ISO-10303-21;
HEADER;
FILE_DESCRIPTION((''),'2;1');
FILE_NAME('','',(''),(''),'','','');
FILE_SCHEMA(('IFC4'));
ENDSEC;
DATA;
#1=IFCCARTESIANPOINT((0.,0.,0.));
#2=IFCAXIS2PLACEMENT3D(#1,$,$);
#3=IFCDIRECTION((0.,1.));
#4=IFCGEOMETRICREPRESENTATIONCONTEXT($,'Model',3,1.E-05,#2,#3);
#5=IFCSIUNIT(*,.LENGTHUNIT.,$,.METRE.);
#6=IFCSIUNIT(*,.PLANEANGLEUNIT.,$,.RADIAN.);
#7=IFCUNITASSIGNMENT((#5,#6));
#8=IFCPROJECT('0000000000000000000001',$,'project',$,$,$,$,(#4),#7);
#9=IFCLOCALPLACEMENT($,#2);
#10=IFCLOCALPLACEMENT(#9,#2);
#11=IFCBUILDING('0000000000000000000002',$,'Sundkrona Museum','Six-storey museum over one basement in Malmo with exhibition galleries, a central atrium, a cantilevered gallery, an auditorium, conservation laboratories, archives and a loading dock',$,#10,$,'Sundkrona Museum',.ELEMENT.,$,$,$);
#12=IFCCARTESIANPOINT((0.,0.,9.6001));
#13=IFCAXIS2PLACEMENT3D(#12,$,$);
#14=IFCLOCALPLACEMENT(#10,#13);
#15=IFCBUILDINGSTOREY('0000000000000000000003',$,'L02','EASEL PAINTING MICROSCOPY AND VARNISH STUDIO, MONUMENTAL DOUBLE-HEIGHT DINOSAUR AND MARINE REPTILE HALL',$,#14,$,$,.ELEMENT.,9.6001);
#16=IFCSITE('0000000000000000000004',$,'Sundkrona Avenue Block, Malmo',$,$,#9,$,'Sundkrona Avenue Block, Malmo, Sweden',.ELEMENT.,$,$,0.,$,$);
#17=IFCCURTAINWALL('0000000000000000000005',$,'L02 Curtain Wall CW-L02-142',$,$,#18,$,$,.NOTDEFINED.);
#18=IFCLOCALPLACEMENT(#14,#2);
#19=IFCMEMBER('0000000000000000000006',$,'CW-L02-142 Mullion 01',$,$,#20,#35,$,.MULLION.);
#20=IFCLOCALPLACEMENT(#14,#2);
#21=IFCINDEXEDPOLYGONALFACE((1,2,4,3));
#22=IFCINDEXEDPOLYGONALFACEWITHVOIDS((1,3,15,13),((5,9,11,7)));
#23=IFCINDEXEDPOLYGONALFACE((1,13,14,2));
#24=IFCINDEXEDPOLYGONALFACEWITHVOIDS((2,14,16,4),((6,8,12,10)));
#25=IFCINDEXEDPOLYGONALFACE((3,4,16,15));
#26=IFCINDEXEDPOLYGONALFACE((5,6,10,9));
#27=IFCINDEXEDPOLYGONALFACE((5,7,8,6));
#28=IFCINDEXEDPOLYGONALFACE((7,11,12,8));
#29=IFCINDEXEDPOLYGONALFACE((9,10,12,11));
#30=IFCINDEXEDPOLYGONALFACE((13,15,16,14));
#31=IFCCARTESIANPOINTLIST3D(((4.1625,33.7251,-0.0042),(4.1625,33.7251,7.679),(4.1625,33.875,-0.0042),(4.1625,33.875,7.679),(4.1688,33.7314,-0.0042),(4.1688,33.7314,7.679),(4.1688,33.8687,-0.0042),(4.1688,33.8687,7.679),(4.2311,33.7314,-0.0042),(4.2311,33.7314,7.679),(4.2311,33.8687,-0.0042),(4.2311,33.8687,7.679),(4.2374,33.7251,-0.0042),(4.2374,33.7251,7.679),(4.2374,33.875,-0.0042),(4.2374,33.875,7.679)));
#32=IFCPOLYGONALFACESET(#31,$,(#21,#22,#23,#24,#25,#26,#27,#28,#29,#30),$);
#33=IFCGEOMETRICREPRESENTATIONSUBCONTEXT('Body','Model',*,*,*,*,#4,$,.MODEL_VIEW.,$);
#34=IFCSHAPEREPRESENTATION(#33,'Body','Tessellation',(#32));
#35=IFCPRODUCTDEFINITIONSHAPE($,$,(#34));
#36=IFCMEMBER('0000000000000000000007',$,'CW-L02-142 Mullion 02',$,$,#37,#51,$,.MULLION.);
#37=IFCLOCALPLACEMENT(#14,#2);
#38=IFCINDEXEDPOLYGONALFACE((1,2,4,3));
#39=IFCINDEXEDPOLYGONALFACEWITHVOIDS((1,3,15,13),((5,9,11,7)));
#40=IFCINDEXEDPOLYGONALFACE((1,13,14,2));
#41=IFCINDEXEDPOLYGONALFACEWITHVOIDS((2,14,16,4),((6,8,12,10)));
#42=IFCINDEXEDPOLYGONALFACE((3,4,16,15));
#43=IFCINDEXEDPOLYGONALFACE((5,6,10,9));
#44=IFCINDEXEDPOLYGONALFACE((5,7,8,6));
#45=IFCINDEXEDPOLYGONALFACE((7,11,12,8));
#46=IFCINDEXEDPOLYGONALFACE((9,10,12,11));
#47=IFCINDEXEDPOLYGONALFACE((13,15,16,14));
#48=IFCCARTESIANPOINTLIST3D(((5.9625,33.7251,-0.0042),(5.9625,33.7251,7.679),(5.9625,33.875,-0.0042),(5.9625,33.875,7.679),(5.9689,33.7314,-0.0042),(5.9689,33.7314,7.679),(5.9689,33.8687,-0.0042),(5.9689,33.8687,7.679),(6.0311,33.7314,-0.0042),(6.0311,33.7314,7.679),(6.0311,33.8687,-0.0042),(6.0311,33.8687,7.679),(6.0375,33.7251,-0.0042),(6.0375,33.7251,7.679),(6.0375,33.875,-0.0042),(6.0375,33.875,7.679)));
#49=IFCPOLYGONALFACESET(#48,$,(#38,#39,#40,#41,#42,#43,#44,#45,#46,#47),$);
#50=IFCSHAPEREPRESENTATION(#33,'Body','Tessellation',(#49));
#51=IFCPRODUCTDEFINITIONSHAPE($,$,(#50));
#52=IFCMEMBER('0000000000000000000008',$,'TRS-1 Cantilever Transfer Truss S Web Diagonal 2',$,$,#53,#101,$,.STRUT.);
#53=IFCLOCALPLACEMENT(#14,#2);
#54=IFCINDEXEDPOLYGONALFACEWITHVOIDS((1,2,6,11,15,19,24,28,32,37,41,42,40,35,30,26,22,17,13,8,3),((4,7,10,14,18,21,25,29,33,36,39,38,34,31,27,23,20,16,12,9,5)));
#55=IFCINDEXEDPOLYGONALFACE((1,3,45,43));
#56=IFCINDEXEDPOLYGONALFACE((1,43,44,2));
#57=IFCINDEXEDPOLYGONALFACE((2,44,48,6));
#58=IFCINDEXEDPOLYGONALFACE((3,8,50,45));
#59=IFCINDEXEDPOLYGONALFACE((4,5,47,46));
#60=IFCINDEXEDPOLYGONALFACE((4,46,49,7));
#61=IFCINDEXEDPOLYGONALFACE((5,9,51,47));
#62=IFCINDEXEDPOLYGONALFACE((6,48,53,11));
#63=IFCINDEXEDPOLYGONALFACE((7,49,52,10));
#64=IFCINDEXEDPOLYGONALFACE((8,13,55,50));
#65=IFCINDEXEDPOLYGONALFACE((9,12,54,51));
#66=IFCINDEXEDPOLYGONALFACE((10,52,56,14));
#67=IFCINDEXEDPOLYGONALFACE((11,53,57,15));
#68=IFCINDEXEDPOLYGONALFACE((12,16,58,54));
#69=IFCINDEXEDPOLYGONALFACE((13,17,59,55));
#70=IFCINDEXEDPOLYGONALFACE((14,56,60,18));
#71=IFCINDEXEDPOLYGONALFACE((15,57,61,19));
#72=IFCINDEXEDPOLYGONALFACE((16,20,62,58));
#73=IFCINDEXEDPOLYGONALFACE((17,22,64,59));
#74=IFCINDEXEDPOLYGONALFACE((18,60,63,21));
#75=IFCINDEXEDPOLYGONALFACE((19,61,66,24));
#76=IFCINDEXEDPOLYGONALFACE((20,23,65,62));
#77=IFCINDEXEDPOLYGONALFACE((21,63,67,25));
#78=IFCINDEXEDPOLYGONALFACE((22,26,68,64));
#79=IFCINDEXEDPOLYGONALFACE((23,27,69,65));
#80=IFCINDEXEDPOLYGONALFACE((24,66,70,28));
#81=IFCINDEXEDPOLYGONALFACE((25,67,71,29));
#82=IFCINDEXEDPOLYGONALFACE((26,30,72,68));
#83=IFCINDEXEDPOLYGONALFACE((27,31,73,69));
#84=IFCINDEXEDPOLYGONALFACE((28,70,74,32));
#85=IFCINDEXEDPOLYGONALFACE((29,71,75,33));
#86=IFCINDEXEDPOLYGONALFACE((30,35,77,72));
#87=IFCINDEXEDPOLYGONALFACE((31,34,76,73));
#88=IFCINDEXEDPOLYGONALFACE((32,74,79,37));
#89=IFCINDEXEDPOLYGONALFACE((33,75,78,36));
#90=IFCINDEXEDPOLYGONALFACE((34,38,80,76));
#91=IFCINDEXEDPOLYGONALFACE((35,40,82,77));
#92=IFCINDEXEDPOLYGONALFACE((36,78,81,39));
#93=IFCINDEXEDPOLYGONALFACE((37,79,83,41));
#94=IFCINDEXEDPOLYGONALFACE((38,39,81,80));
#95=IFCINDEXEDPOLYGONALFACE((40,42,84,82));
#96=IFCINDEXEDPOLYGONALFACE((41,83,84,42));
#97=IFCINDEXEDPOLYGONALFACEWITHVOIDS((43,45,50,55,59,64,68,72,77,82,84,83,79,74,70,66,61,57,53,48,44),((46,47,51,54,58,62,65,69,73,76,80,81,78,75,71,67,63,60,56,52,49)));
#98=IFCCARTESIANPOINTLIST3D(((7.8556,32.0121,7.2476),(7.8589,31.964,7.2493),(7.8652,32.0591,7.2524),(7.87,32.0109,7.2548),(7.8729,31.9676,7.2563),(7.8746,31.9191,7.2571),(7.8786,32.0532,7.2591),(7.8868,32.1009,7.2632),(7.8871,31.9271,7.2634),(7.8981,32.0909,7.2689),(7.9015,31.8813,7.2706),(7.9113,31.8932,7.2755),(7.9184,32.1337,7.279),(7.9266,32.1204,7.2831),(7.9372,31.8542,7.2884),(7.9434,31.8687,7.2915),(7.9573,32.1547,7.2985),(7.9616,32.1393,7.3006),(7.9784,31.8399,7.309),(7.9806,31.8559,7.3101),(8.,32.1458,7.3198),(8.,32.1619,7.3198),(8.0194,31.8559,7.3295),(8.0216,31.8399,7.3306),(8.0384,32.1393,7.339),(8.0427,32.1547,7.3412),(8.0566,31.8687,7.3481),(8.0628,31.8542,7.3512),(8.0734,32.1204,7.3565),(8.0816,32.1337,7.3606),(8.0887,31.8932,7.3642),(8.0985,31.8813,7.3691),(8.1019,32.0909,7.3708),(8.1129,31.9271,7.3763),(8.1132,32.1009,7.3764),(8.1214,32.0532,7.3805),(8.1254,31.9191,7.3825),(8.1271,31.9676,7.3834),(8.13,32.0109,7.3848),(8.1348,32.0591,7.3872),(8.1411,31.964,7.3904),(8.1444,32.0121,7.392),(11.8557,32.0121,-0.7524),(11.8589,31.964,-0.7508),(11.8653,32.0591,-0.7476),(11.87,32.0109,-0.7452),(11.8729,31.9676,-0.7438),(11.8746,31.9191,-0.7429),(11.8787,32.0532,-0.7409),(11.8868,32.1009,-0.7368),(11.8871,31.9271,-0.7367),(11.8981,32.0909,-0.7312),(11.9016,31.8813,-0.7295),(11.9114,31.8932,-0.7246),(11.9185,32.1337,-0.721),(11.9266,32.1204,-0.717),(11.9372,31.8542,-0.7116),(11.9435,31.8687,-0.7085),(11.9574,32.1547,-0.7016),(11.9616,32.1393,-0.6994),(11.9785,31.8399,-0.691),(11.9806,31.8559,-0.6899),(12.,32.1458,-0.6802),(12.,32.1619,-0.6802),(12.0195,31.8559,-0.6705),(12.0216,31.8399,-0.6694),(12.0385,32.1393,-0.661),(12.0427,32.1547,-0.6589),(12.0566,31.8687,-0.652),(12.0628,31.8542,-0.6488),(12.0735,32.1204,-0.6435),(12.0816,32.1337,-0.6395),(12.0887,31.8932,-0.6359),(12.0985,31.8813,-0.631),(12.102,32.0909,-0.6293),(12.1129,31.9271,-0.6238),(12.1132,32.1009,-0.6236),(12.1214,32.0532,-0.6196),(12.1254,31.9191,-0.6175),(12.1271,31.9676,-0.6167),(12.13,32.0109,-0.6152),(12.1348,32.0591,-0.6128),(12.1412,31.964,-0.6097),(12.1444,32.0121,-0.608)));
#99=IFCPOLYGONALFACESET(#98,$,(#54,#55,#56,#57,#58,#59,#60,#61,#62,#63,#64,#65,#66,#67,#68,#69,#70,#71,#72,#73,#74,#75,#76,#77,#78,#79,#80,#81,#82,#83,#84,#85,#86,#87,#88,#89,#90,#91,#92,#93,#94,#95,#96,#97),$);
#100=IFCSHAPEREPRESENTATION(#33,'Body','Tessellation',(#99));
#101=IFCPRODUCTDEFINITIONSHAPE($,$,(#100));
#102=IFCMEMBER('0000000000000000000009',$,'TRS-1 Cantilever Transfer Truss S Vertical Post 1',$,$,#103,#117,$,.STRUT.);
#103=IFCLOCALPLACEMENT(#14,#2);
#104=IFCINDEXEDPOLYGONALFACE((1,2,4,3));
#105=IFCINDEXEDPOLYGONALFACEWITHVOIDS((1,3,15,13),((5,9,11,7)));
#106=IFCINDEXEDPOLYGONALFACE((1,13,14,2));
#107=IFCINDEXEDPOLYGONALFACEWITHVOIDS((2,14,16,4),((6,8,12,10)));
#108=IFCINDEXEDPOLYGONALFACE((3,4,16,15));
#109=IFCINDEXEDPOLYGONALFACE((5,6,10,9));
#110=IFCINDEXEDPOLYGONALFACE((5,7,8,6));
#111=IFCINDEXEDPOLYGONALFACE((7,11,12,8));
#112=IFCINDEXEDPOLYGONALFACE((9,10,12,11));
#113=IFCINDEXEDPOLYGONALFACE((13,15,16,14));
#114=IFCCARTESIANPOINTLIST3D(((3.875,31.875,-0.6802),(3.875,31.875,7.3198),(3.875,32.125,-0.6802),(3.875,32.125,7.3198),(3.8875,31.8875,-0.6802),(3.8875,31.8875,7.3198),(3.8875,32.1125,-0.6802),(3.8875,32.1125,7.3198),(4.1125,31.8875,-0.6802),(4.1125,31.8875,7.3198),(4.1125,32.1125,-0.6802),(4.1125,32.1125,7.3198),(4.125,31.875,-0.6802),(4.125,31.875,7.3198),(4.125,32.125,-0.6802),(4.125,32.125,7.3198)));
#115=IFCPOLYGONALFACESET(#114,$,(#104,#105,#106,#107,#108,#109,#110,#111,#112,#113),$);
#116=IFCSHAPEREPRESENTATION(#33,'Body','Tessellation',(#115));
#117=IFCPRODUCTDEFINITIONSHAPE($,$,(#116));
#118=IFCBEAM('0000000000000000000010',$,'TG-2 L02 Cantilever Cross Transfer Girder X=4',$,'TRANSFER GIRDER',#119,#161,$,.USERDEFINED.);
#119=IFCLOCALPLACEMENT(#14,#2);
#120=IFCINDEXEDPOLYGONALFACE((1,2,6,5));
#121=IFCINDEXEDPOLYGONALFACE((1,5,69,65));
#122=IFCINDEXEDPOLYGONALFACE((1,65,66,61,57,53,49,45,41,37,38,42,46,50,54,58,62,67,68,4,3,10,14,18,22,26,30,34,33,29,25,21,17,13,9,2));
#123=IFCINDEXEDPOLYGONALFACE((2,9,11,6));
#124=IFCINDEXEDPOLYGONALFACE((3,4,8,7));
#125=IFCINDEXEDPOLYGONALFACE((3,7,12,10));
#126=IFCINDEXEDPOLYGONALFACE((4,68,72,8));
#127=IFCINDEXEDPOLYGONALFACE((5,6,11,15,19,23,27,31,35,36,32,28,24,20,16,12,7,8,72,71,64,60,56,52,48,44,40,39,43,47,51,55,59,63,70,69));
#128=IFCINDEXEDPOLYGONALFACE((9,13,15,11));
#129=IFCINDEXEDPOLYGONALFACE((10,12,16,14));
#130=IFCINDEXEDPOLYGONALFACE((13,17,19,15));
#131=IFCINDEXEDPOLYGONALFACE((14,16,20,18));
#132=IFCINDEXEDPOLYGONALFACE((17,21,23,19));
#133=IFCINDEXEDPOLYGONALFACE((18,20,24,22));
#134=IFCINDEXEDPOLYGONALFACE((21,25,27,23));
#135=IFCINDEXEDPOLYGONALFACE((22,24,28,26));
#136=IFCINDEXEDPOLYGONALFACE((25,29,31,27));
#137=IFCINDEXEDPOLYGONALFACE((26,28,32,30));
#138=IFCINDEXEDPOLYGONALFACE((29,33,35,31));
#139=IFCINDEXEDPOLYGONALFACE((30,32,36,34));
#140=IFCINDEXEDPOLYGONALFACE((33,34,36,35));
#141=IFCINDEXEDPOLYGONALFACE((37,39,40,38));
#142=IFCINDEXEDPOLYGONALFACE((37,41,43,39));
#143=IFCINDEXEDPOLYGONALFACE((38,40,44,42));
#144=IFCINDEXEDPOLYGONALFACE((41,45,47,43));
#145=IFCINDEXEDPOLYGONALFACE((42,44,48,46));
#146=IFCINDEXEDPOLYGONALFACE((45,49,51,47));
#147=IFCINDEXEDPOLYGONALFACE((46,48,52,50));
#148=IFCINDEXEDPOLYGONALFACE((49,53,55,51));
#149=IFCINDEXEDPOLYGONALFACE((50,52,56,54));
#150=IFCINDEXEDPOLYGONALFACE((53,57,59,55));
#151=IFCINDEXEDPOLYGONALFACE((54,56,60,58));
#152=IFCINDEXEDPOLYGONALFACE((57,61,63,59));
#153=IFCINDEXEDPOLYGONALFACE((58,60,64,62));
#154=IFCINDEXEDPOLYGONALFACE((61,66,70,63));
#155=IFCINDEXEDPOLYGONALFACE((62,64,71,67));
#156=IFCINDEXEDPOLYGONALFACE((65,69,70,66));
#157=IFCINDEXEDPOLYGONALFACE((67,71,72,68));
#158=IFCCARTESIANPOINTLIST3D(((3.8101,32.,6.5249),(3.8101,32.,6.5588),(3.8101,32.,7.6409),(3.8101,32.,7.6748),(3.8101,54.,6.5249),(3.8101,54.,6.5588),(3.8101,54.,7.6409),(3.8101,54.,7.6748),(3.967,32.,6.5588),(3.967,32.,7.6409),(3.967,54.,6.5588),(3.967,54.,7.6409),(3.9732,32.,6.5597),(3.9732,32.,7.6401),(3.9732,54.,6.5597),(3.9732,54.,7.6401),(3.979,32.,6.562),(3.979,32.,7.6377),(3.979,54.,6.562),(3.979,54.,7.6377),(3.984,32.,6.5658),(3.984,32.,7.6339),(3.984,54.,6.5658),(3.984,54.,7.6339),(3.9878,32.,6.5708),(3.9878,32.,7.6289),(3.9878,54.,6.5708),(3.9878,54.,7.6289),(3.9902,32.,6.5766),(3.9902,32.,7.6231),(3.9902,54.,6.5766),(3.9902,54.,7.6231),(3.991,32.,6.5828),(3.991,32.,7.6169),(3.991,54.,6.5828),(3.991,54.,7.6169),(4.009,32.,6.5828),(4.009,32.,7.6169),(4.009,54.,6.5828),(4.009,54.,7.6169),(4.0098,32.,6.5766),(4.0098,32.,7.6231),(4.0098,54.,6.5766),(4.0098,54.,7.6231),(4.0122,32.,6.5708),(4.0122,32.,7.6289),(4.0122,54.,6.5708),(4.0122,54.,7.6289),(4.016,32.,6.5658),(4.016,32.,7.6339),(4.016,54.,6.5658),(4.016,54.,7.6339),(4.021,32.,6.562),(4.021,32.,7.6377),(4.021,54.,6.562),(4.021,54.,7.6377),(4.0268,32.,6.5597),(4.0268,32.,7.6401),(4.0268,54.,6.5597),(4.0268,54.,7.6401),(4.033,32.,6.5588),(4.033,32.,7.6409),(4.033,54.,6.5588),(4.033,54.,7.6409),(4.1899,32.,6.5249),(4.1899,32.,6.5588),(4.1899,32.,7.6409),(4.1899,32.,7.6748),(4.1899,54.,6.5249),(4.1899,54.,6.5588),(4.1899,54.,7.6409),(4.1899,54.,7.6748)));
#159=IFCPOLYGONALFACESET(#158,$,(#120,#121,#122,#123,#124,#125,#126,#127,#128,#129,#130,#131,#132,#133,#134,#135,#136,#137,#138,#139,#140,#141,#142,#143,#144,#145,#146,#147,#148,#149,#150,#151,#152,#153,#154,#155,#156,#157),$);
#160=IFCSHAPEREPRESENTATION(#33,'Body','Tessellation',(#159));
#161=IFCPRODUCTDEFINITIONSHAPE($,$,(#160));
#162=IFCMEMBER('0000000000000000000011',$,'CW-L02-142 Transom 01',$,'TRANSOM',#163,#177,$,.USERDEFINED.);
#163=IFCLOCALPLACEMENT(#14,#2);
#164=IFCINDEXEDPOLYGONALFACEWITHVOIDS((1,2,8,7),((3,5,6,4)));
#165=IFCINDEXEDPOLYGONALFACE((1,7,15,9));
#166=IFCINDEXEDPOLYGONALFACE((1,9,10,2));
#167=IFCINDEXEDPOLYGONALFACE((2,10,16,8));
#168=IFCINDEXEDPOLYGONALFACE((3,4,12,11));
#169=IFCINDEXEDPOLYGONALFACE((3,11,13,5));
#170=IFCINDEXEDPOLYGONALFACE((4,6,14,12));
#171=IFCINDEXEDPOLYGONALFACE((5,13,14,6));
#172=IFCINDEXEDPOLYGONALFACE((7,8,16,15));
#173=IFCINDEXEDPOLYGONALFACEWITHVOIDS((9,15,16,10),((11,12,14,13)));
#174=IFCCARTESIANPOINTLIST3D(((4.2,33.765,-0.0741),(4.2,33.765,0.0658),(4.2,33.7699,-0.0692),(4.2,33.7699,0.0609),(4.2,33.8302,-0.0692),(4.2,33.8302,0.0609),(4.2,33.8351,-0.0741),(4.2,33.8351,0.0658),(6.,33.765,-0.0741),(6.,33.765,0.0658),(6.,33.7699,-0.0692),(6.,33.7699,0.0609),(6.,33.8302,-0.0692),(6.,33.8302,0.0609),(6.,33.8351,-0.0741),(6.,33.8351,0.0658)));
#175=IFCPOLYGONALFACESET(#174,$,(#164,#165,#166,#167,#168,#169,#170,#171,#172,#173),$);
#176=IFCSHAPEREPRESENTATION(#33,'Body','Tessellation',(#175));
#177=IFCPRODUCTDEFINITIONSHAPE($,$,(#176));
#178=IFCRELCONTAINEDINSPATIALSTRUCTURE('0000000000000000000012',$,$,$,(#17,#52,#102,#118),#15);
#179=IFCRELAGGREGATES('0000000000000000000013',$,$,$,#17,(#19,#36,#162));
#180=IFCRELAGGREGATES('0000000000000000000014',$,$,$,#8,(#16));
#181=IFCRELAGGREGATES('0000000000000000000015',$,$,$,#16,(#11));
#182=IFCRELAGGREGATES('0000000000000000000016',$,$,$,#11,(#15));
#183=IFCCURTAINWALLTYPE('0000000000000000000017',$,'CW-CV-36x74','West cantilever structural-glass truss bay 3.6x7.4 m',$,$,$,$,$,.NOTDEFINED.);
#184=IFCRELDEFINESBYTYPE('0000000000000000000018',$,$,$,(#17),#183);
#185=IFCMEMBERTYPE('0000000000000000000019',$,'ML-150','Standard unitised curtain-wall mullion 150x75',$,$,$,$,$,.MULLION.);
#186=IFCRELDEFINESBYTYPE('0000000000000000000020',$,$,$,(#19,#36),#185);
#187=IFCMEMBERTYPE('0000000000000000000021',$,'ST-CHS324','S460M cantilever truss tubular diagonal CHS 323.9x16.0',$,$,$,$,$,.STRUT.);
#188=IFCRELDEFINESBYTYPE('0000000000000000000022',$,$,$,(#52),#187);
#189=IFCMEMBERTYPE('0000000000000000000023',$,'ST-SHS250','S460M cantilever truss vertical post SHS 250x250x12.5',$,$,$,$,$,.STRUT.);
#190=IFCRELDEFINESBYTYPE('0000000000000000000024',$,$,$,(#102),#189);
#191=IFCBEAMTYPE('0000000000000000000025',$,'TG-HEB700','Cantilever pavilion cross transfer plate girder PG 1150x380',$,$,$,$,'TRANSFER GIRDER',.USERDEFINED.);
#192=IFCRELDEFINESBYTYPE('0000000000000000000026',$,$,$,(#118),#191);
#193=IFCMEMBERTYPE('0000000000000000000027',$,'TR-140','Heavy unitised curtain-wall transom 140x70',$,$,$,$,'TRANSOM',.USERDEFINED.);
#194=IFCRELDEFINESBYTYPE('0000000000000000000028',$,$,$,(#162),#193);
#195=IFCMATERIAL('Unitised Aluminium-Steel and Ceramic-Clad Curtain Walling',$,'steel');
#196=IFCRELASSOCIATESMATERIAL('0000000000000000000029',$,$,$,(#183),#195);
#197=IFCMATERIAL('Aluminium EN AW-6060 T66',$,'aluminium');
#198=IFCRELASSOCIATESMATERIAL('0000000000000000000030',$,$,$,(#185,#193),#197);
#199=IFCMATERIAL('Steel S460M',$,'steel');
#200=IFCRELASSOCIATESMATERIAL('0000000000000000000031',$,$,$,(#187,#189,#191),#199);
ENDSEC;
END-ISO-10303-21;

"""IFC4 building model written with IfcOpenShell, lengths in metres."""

from ifc_helpers import new_model, si_unit, direction, frame, origin, origin_2d, place, context, subcontext, project, spatial, hollow_rectangle, hollow_circle, i_section, extrude, material, material_profile, profile_set, type_object, element, aggregate, save


model = new_model("IFC4")

# Units and contexts
model_context = context("Model", 3, precision=1e-05, world=origin(), true_north=direction((0.0, 1.0)))
body_context = subcontext(model_context, "Body", "Model", "MODEL_VIEW")
ifc_project = project(units=[si_unit("LENGTHUNIT", "METRE"), si_unit("PLANEANGLEUNIT", "RADIAN")], contexts=[model_context])

# Site, building, storey
site_placement = place(None, origin())
site = spatial("IfcSite", under=ifc_project, at=site_placement, Name="Sundkrona Avenue Block, Malmo", LongName="Sundkrona Avenue Block, Malmo, Sweden", CompositionType="ELEMENT", RefElevation=0.0)
building_placement = place(site_placement, origin())
building = spatial("IfcBuilding", under=site, at=building_placement, Name="Sundkrona Museum", Description="Six-storey museum over one basement in Malmo with exhibition galleries, a central atrium, a cantilevered gallery, an auditorium, conservation laboratories, archives and a loading dock", LongName="Sundkrona Museum", CompositionType="ELEMENT")
storey_placement = place(building_placement, frame((0.0, 0.0, 9.6001)))
storey = spatial("IfcBuildingStorey", under=building, at=storey_placement, Name="L02", Description="EASEL PAINTING MICROSCOPY AND VARNISH STUDIO, MONUMENTAL DOUBLE-HEIGHT DINOSAUR AND MARINE REPTILE HALL", CompositionType="ELEMENT", Elevation=9.6001)

# Curtain wall, members
ifc_material_1 = material(Name="Unitised Aluminium-Steel and Ceramic-Clad Curtain Walling", Category="steel")
curtain_wall_type = type_object("IfcCurtainWallType", Name="CW-CV-36x74", Description="West cantilever structural-glass truss bay 3.6x7.4 m", PredefinedType="NOTDEFINED", material=ifc_material_1)
curtain_wall_placement = place(storey_placement, origin())
curtain_wall = element("IfcCurtainWall", 1, at=curtain_wall_placement, inside=storey, type_object=curtain_wall_type, Name="L02 Curtain Wall CW-L02-142", PredefinedType="NOTDEFINED")
ifc_material_2 = material(Name="Aluminium EN AW-6060 T66", Category="aluminium")
ifc_material_profile_1 = material_profile(ifc_material_2, hollow_rectangle(XDim=0.075, YDim=0.1499, WallThickness=0.0063, at=origin_2d()), Name="RHS 150x75x6.3")
ifc_profile_set_1 = profile_set([ifc_material_profile_1], Name="Aluminium EN AW-6060 T66")
member_type_1 = type_object("IfcMemberType", Name="ML-150", Description="Standard unitised curtain-wall mullion 150x75", PredefinedType="MULLION", material=ifc_profile_set_1)
member_1_placement = place(storey_placement, frame((4.2, 33.8, -0.0042), z_axis=(0.0, 0.0, 1.0), x_axis=(1.0, 0.0, 0.0)))
member_1 = element("IfcMember", 2, at=member_1_placement, type_object=member_type_1, Name="CW-L02-142 Mullion 01", PredefinedType="MULLION", context=body_context, shape_type="SweptSolid", body=[
    extrude(hollow_rectangle(XDim=0.075, YDim=0.1499, WallThickness=0.0063, at=origin_2d()), origin(), (0.0, 0.0, 1.0), 7.6831),
])
member_2_placement = place(storey_placement, frame((6.0, 33.8, -0.0042), z_axis=(0.0, 0.0, 1.0), x_axis=(1.0, 0.0, 0.0)))
member_2 = element("IfcMember", 3, at=member_2_placement, type_object=member_type_1, Name="CW-L02-142 Mullion 02", PredefinedType="MULLION", context=body_context, shape_type="SweptSolid", body=[
    extrude(hollow_rectangle(XDim=0.075, YDim=0.1499, WallThickness=0.0063, at=origin_2d()), origin(), (0.0, 0.0, 1.0), 7.6831),
])

# Members
ifc_material_3 = material(Name="Steel S460M", Category="steel")
ifc_material_profile_2 = material_profile(ifc_material_3, hollow_circle(Radius=0.1619, WallThickness=0.0161, at=origin_2d()), Name="CHS 323.9x16.0")
ifc_profile_set_2 = profile_set([ifc_material_profile_2], Name="Steel S460M")
member_type_2 = type_object("IfcMemberType", Name="ST-CHS324", Description="S460M cantilever truss tubular diagonal CHS 323.9x16.0", PredefinedType="STRUT", material=ifc_profile_set_2)
member_3_placement = place(storey_placement, frame((8.0, 32.0, 7.3198), z_axis=(0.447214, 0.0, -0.894427), x_axis=(0.0, 1.0, 0.0)))
element("IfcMember", 4, at=member_3_placement, inside=storey, type_object=member_type_2, Name="TRS-1 Cantilever Transfer Truss S Web Diagonal 2", PredefinedType="STRUT", context=body_context, shape_type="SweptSolid", body=[
    extrude(hollow_circle(Radius=0.1619, WallThickness=0.0161, at=origin_2d()), origin(), (0.0, 0.0, 1.0), 8.9443),
])
ifc_material_profile_3 = material_profile(ifc_material_3, hollow_rectangle(XDim=0.25, YDim=0.25, WallThickness=0.0125, at=origin_2d()), Name="SHS 250x250x12.5")
ifc_profile_set_3 = profile_set([ifc_material_profile_3], Name="Steel S460M")
member_type_3 = type_object("IfcMemberType", Name="ST-SHS250", Description="S460M cantilever truss vertical post SHS 250x250x12.5", PredefinedType="STRUT", material=ifc_profile_set_3)
member_4_placement = place(storey_placement, frame((4.0, 32.0, -0.6802), z_axis=(0.0, 0.0, 1.0), x_axis=(1.0, 0.0, 0.0)))
element("IfcMember", 5, at=member_4_placement, inside=storey, type_object=member_type_3, Name="TRS-1 Cantilever Transfer Truss S Vertical Post 1", PredefinedType="STRUT", context=body_context, shape_type="SweptSolid", body=[
    extrude(hollow_rectangle(XDim=0.25, YDim=0.25, WallThickness=0.0125, at=origin_2d()), origin(), (0.0, 0.0, 1.0), 8.0),
])

# Beam
ifc_material_profile_4 = material_profile(ifc_material_3, i_section(OverallWidth=0.3799, OverallDepth=1.1499, WebThickness=0.0181, FlangeThickness=0.0339, FilletRadius=0.0239, at=origin_2d()), Name="PG 1150x380")
ifc_profile_set_4 = profile_set([ifc_material_profile_4], Name="Steel S460M")
beam_type = type_object("IfcBeamType", Name="TG-HEB700", Description="Cantilever pavilion cross transfer plate girder PG 1150x380", ElementType="TRANSFER GIRDER", PredefinedType="USERDEFINED", material=ifc_profile_set_4)
beam_placement = place(storey_placement, frame((4.0, 32.0, 7.0999), z_axis=(0.0, 1.0, 0.0), x_axis=(-1.0, 0.0, 0.0)))
element("IfcBeam", 6, at=beam_placement, inside=storey, type_object=beam_type, Name="TG-2 L02 Cantilever Cross Transfer Girder X=4", ObjectType="TRANSFER GIRDER", PredefinedType="USERDEFINED", context=body_context, shape_type="SweptSolid", body=[
    extrude(i_section(OverallWidth=0.3799, OverallDepth=1.1499, WebThickness=0.0181, FlangeThickness=0.0339, FilletRadius=0.0239, at=origin_2d()), origin(), (0.0, 0.0, 1.0), 22.0),
])

# Member
ifc_material_profile_5 = material_profile(ifc_material_2, hollow_rectangle(XDim=0.0701, YDim=0.1399, WallThickness=0.0049, at=origin_2d()), Name="RHS 140x70x5.0")
ifc_profile_set_5 = profile_set([ifc_material_profile_5], Name="Aluminium EN AW-6060 T66")
member_type_4 = type_object("IfcMemberType", Name="TR-140", Description="Heavy unitised curtain-wall transom 140x70", ElementType="TRANSOM", PredefinedType="USERDEFINED", material=ifc_profile_set_5)
member_5_placement = place(storey_placement, frame((4.2, 33.8, -0.0042), z_axis=(1.0, 0.0, 0.0), x_axis=(0.0, 1.0, 0.0)))
member_5 = element("IfcMember", 7, at=member_5_placement, type_object=member_type_4, Name="CW-L02-142 Transom 01", ObjectType="TRANSOM", PredefinedType="USERDEFINED", context=body_context, shape_type="SweptSolid", body=[
    extrude(hollow_rectangle(XDim=0.0701, YDim=0.1399, WallThickness=0.0049, at=origin_2d()), origin(), (0.0, 0.0, 1.0), 1.8),
])

aggregate(curtain_wall, [member_1, member_2, member_5])

save(model, "model.ifc")
